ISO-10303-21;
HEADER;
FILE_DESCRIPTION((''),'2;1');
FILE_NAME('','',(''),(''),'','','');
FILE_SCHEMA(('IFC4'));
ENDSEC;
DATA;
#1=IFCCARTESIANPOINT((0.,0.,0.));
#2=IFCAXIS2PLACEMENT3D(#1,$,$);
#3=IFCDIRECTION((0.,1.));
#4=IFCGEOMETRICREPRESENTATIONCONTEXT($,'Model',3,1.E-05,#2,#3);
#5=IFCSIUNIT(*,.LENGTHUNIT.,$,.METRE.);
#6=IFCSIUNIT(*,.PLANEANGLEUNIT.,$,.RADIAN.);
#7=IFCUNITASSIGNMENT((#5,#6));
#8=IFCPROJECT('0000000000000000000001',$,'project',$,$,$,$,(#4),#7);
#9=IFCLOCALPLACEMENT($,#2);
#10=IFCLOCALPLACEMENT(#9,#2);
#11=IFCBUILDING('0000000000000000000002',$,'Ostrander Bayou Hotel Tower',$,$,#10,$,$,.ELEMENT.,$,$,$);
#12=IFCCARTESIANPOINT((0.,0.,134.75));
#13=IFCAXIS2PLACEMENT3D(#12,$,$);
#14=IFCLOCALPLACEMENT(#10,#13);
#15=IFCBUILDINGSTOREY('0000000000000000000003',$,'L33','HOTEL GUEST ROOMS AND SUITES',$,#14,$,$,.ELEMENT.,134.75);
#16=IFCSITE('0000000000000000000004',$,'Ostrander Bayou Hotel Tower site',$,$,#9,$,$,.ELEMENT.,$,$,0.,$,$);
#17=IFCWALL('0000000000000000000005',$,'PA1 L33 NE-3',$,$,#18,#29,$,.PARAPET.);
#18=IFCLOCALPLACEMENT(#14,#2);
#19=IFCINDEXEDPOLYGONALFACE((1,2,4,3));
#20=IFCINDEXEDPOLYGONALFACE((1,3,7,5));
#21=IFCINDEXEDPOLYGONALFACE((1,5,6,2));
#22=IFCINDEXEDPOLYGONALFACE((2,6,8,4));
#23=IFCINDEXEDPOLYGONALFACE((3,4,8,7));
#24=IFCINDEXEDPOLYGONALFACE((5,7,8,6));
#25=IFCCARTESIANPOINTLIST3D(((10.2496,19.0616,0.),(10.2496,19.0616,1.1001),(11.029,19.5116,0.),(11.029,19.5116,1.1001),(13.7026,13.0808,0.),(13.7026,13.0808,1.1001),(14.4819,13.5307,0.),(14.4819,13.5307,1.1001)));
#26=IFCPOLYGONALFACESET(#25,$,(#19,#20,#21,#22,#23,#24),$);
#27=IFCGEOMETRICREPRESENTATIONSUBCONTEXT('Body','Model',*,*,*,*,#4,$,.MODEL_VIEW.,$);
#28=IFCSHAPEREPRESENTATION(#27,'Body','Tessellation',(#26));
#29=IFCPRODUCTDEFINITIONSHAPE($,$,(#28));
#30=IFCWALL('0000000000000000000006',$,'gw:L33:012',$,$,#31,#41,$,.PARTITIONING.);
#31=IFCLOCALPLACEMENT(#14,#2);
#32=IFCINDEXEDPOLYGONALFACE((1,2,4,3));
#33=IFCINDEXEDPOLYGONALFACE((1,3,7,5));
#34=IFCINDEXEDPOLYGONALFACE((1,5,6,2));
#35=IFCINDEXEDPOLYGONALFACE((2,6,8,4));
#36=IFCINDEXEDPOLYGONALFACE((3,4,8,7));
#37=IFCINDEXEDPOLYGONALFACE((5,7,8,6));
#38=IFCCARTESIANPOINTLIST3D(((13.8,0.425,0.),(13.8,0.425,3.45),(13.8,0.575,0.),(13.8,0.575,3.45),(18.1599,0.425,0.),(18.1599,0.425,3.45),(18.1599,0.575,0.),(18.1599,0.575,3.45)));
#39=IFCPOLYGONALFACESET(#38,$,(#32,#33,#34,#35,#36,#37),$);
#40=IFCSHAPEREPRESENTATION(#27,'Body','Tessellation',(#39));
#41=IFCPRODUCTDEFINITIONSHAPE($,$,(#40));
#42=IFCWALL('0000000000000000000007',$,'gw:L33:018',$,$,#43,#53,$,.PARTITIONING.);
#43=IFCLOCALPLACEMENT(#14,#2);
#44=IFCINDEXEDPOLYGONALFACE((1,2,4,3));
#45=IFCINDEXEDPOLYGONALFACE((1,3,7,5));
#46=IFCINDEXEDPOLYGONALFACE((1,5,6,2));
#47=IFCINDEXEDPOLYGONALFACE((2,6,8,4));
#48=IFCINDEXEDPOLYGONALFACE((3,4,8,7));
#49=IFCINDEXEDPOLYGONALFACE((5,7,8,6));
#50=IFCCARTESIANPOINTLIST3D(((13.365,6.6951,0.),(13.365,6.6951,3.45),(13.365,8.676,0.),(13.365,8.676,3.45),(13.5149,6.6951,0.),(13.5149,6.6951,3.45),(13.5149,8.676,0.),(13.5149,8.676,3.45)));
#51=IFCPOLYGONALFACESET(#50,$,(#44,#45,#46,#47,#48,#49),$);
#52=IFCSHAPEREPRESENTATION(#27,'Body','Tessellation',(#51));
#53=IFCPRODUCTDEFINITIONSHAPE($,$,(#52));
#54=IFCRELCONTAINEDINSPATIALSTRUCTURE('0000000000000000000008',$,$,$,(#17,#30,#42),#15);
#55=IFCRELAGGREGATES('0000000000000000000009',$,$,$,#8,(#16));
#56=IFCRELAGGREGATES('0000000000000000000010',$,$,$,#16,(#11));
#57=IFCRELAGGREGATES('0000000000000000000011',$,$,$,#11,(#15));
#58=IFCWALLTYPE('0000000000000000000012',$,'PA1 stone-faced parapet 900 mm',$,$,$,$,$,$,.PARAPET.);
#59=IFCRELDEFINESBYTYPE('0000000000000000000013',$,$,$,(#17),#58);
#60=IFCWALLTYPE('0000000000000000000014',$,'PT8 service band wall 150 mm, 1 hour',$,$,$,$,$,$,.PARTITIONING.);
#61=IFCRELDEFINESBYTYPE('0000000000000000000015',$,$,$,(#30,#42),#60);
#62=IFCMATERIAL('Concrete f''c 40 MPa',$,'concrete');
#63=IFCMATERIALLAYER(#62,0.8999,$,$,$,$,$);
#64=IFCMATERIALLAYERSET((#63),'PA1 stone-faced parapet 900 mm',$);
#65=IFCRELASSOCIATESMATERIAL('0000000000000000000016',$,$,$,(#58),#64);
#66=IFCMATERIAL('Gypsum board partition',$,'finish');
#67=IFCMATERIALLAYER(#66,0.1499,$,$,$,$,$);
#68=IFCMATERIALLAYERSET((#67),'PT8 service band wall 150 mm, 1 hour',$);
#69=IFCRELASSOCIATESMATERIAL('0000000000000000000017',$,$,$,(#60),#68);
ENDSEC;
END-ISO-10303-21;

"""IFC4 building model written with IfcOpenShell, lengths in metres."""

from ifc_helpers import new_model, si_unit, direction, frame, frame_2d, origin, place, context, subcontext, project, spatial, rectangle, extrude, material, layer, layer_set, type_object, element, save


model = new_model("IFC4")

# Units and contexts
model_context = context("Model", 3, precision=1e-05, world=origin(), true_north=direction((0.0, 1.0)))
body_context = subcontext(model_context, "Body", "Model", "MODEL_VIEW")
ifc_project = project(units=[si_unit("LENGTHUNIT", "METRE"), si_unit("PLANEANGLEUNIT", "RADIAN")], contexts=[model_context])

# Site, building, storey
site_placement = place(None, origin())
site = spatial("IfcSite", under=ifc_project, at=site_placement, Name="Ostrander Bayou Hotel Tower site", CompositionType="ELEMENT", RefElevation=0.0)
building_placement = place(site_placement, origin())
building = spatial("IfcBuilding", under=site, at=building_placement, Name="Ostrander Bayou Hotel Tower", CompositionType="ELEMENT")
storey_placement = place(building_placement, frame((0.0, 0.0, 134.75)))
storey = spatial("IfcBuildingStorey", under=building, at=storey_placement, Name="L33", Description="HOTEL GUEST ROOMS AND SUITES", CompositionType="ELEMENT", Elevation=134.75)

# Walls
ifc_material_1 = material(Name="Concrete f'c 40 MPa", Category="concrete")
ifc_layer_1 = layer(ifc_material_1, 0.8999)
ifc_layer_set_1 = layer_set([ifc_layer_1], Name="PA1 stone-faced parapet 900 mm")
wall_type_1 = type_object("IfcWallType", Name="PA1 stone-faced parapet 900 mm", PredefinedType="PARAPET", material=ifc_layer_set_1)
wall_1_placement = place(storey_placement, frame((14.0923, 13.3057, 0.0), z_axis=(0.0, 0.0, 1.0), x_axis=(-0.499991, 0.866031, 0.0)))
element("IfcWall", 1, at=wall_1_placement, inside=storey, type_object=wall_type_1, Name="PA1 L33 NE-3", PredefinedType="PARAPET", context=body_context, shape_type="SweptSolid", body=[
    extrude(rectangle(XDim=6.906, YDim=0.8999, at=frame_2d((3.4531, 0.0))), origin(), (0.0, 0.0, 1.0), 1.1001),
])
ifc_material_2 = material(Name="Gypsum board partition", Category="finish")
ifc_layer_2 = layer(ifc_material_2, 0.1499)
ifc_layer_set_2 = layer_set([ifc_layer_2], Name="PT8 service band wall 150 mm, 1 hour")
wall_type_2 = type_object("IfcWallType", Name="PT8 service band wall 150 mm, 1 hour", PredefinedType="PARTITIONING", material=ifc_layer_set_2)
wall_2_placement = place(storey_placement, frame((13.8, 0.5, 0.0), z_axis=(0.0, 0.0, 1.0), x_axis=(1.0, 0.0, 0.0)))
element("IfcWall", 2, at=wall_2_placement, inside=storey, type_object=wall_type_2, Name="gw:L33:012", PredefinedType="PARTITIONING", context=body_context, shape_type="SweptSolid", body=[
    extrude(rectangle(XDim=4.3599, YDim=0.1499, at=frame_2d((2.1799, 0.0))), origin(), (0.0, 0.0, 1.0), 3.45),
])
wall_3_placement = place(storey_placement, frame((13.4399, 6.6951, 0.0), z_axis=(0.0, 0.0, 1.0), x_axis=(0.0, 1.0, 0.0)))
element("IfcWall", 3, at=wall_3_placement, inside=storey, type_object=wall_type_2, Name="gw:L33:018", PredefinedType="PARTITIONING", context=body_context, shape_type="SweptSolid", body=[
    extrude(rectangle(XDim=1.981, YDim=0.1499, at=frame_2d((0.9905, 0.0))), origin(), (0.0, 0.0, 1.0), 3.45),
])

save(model, "model.ifc")
